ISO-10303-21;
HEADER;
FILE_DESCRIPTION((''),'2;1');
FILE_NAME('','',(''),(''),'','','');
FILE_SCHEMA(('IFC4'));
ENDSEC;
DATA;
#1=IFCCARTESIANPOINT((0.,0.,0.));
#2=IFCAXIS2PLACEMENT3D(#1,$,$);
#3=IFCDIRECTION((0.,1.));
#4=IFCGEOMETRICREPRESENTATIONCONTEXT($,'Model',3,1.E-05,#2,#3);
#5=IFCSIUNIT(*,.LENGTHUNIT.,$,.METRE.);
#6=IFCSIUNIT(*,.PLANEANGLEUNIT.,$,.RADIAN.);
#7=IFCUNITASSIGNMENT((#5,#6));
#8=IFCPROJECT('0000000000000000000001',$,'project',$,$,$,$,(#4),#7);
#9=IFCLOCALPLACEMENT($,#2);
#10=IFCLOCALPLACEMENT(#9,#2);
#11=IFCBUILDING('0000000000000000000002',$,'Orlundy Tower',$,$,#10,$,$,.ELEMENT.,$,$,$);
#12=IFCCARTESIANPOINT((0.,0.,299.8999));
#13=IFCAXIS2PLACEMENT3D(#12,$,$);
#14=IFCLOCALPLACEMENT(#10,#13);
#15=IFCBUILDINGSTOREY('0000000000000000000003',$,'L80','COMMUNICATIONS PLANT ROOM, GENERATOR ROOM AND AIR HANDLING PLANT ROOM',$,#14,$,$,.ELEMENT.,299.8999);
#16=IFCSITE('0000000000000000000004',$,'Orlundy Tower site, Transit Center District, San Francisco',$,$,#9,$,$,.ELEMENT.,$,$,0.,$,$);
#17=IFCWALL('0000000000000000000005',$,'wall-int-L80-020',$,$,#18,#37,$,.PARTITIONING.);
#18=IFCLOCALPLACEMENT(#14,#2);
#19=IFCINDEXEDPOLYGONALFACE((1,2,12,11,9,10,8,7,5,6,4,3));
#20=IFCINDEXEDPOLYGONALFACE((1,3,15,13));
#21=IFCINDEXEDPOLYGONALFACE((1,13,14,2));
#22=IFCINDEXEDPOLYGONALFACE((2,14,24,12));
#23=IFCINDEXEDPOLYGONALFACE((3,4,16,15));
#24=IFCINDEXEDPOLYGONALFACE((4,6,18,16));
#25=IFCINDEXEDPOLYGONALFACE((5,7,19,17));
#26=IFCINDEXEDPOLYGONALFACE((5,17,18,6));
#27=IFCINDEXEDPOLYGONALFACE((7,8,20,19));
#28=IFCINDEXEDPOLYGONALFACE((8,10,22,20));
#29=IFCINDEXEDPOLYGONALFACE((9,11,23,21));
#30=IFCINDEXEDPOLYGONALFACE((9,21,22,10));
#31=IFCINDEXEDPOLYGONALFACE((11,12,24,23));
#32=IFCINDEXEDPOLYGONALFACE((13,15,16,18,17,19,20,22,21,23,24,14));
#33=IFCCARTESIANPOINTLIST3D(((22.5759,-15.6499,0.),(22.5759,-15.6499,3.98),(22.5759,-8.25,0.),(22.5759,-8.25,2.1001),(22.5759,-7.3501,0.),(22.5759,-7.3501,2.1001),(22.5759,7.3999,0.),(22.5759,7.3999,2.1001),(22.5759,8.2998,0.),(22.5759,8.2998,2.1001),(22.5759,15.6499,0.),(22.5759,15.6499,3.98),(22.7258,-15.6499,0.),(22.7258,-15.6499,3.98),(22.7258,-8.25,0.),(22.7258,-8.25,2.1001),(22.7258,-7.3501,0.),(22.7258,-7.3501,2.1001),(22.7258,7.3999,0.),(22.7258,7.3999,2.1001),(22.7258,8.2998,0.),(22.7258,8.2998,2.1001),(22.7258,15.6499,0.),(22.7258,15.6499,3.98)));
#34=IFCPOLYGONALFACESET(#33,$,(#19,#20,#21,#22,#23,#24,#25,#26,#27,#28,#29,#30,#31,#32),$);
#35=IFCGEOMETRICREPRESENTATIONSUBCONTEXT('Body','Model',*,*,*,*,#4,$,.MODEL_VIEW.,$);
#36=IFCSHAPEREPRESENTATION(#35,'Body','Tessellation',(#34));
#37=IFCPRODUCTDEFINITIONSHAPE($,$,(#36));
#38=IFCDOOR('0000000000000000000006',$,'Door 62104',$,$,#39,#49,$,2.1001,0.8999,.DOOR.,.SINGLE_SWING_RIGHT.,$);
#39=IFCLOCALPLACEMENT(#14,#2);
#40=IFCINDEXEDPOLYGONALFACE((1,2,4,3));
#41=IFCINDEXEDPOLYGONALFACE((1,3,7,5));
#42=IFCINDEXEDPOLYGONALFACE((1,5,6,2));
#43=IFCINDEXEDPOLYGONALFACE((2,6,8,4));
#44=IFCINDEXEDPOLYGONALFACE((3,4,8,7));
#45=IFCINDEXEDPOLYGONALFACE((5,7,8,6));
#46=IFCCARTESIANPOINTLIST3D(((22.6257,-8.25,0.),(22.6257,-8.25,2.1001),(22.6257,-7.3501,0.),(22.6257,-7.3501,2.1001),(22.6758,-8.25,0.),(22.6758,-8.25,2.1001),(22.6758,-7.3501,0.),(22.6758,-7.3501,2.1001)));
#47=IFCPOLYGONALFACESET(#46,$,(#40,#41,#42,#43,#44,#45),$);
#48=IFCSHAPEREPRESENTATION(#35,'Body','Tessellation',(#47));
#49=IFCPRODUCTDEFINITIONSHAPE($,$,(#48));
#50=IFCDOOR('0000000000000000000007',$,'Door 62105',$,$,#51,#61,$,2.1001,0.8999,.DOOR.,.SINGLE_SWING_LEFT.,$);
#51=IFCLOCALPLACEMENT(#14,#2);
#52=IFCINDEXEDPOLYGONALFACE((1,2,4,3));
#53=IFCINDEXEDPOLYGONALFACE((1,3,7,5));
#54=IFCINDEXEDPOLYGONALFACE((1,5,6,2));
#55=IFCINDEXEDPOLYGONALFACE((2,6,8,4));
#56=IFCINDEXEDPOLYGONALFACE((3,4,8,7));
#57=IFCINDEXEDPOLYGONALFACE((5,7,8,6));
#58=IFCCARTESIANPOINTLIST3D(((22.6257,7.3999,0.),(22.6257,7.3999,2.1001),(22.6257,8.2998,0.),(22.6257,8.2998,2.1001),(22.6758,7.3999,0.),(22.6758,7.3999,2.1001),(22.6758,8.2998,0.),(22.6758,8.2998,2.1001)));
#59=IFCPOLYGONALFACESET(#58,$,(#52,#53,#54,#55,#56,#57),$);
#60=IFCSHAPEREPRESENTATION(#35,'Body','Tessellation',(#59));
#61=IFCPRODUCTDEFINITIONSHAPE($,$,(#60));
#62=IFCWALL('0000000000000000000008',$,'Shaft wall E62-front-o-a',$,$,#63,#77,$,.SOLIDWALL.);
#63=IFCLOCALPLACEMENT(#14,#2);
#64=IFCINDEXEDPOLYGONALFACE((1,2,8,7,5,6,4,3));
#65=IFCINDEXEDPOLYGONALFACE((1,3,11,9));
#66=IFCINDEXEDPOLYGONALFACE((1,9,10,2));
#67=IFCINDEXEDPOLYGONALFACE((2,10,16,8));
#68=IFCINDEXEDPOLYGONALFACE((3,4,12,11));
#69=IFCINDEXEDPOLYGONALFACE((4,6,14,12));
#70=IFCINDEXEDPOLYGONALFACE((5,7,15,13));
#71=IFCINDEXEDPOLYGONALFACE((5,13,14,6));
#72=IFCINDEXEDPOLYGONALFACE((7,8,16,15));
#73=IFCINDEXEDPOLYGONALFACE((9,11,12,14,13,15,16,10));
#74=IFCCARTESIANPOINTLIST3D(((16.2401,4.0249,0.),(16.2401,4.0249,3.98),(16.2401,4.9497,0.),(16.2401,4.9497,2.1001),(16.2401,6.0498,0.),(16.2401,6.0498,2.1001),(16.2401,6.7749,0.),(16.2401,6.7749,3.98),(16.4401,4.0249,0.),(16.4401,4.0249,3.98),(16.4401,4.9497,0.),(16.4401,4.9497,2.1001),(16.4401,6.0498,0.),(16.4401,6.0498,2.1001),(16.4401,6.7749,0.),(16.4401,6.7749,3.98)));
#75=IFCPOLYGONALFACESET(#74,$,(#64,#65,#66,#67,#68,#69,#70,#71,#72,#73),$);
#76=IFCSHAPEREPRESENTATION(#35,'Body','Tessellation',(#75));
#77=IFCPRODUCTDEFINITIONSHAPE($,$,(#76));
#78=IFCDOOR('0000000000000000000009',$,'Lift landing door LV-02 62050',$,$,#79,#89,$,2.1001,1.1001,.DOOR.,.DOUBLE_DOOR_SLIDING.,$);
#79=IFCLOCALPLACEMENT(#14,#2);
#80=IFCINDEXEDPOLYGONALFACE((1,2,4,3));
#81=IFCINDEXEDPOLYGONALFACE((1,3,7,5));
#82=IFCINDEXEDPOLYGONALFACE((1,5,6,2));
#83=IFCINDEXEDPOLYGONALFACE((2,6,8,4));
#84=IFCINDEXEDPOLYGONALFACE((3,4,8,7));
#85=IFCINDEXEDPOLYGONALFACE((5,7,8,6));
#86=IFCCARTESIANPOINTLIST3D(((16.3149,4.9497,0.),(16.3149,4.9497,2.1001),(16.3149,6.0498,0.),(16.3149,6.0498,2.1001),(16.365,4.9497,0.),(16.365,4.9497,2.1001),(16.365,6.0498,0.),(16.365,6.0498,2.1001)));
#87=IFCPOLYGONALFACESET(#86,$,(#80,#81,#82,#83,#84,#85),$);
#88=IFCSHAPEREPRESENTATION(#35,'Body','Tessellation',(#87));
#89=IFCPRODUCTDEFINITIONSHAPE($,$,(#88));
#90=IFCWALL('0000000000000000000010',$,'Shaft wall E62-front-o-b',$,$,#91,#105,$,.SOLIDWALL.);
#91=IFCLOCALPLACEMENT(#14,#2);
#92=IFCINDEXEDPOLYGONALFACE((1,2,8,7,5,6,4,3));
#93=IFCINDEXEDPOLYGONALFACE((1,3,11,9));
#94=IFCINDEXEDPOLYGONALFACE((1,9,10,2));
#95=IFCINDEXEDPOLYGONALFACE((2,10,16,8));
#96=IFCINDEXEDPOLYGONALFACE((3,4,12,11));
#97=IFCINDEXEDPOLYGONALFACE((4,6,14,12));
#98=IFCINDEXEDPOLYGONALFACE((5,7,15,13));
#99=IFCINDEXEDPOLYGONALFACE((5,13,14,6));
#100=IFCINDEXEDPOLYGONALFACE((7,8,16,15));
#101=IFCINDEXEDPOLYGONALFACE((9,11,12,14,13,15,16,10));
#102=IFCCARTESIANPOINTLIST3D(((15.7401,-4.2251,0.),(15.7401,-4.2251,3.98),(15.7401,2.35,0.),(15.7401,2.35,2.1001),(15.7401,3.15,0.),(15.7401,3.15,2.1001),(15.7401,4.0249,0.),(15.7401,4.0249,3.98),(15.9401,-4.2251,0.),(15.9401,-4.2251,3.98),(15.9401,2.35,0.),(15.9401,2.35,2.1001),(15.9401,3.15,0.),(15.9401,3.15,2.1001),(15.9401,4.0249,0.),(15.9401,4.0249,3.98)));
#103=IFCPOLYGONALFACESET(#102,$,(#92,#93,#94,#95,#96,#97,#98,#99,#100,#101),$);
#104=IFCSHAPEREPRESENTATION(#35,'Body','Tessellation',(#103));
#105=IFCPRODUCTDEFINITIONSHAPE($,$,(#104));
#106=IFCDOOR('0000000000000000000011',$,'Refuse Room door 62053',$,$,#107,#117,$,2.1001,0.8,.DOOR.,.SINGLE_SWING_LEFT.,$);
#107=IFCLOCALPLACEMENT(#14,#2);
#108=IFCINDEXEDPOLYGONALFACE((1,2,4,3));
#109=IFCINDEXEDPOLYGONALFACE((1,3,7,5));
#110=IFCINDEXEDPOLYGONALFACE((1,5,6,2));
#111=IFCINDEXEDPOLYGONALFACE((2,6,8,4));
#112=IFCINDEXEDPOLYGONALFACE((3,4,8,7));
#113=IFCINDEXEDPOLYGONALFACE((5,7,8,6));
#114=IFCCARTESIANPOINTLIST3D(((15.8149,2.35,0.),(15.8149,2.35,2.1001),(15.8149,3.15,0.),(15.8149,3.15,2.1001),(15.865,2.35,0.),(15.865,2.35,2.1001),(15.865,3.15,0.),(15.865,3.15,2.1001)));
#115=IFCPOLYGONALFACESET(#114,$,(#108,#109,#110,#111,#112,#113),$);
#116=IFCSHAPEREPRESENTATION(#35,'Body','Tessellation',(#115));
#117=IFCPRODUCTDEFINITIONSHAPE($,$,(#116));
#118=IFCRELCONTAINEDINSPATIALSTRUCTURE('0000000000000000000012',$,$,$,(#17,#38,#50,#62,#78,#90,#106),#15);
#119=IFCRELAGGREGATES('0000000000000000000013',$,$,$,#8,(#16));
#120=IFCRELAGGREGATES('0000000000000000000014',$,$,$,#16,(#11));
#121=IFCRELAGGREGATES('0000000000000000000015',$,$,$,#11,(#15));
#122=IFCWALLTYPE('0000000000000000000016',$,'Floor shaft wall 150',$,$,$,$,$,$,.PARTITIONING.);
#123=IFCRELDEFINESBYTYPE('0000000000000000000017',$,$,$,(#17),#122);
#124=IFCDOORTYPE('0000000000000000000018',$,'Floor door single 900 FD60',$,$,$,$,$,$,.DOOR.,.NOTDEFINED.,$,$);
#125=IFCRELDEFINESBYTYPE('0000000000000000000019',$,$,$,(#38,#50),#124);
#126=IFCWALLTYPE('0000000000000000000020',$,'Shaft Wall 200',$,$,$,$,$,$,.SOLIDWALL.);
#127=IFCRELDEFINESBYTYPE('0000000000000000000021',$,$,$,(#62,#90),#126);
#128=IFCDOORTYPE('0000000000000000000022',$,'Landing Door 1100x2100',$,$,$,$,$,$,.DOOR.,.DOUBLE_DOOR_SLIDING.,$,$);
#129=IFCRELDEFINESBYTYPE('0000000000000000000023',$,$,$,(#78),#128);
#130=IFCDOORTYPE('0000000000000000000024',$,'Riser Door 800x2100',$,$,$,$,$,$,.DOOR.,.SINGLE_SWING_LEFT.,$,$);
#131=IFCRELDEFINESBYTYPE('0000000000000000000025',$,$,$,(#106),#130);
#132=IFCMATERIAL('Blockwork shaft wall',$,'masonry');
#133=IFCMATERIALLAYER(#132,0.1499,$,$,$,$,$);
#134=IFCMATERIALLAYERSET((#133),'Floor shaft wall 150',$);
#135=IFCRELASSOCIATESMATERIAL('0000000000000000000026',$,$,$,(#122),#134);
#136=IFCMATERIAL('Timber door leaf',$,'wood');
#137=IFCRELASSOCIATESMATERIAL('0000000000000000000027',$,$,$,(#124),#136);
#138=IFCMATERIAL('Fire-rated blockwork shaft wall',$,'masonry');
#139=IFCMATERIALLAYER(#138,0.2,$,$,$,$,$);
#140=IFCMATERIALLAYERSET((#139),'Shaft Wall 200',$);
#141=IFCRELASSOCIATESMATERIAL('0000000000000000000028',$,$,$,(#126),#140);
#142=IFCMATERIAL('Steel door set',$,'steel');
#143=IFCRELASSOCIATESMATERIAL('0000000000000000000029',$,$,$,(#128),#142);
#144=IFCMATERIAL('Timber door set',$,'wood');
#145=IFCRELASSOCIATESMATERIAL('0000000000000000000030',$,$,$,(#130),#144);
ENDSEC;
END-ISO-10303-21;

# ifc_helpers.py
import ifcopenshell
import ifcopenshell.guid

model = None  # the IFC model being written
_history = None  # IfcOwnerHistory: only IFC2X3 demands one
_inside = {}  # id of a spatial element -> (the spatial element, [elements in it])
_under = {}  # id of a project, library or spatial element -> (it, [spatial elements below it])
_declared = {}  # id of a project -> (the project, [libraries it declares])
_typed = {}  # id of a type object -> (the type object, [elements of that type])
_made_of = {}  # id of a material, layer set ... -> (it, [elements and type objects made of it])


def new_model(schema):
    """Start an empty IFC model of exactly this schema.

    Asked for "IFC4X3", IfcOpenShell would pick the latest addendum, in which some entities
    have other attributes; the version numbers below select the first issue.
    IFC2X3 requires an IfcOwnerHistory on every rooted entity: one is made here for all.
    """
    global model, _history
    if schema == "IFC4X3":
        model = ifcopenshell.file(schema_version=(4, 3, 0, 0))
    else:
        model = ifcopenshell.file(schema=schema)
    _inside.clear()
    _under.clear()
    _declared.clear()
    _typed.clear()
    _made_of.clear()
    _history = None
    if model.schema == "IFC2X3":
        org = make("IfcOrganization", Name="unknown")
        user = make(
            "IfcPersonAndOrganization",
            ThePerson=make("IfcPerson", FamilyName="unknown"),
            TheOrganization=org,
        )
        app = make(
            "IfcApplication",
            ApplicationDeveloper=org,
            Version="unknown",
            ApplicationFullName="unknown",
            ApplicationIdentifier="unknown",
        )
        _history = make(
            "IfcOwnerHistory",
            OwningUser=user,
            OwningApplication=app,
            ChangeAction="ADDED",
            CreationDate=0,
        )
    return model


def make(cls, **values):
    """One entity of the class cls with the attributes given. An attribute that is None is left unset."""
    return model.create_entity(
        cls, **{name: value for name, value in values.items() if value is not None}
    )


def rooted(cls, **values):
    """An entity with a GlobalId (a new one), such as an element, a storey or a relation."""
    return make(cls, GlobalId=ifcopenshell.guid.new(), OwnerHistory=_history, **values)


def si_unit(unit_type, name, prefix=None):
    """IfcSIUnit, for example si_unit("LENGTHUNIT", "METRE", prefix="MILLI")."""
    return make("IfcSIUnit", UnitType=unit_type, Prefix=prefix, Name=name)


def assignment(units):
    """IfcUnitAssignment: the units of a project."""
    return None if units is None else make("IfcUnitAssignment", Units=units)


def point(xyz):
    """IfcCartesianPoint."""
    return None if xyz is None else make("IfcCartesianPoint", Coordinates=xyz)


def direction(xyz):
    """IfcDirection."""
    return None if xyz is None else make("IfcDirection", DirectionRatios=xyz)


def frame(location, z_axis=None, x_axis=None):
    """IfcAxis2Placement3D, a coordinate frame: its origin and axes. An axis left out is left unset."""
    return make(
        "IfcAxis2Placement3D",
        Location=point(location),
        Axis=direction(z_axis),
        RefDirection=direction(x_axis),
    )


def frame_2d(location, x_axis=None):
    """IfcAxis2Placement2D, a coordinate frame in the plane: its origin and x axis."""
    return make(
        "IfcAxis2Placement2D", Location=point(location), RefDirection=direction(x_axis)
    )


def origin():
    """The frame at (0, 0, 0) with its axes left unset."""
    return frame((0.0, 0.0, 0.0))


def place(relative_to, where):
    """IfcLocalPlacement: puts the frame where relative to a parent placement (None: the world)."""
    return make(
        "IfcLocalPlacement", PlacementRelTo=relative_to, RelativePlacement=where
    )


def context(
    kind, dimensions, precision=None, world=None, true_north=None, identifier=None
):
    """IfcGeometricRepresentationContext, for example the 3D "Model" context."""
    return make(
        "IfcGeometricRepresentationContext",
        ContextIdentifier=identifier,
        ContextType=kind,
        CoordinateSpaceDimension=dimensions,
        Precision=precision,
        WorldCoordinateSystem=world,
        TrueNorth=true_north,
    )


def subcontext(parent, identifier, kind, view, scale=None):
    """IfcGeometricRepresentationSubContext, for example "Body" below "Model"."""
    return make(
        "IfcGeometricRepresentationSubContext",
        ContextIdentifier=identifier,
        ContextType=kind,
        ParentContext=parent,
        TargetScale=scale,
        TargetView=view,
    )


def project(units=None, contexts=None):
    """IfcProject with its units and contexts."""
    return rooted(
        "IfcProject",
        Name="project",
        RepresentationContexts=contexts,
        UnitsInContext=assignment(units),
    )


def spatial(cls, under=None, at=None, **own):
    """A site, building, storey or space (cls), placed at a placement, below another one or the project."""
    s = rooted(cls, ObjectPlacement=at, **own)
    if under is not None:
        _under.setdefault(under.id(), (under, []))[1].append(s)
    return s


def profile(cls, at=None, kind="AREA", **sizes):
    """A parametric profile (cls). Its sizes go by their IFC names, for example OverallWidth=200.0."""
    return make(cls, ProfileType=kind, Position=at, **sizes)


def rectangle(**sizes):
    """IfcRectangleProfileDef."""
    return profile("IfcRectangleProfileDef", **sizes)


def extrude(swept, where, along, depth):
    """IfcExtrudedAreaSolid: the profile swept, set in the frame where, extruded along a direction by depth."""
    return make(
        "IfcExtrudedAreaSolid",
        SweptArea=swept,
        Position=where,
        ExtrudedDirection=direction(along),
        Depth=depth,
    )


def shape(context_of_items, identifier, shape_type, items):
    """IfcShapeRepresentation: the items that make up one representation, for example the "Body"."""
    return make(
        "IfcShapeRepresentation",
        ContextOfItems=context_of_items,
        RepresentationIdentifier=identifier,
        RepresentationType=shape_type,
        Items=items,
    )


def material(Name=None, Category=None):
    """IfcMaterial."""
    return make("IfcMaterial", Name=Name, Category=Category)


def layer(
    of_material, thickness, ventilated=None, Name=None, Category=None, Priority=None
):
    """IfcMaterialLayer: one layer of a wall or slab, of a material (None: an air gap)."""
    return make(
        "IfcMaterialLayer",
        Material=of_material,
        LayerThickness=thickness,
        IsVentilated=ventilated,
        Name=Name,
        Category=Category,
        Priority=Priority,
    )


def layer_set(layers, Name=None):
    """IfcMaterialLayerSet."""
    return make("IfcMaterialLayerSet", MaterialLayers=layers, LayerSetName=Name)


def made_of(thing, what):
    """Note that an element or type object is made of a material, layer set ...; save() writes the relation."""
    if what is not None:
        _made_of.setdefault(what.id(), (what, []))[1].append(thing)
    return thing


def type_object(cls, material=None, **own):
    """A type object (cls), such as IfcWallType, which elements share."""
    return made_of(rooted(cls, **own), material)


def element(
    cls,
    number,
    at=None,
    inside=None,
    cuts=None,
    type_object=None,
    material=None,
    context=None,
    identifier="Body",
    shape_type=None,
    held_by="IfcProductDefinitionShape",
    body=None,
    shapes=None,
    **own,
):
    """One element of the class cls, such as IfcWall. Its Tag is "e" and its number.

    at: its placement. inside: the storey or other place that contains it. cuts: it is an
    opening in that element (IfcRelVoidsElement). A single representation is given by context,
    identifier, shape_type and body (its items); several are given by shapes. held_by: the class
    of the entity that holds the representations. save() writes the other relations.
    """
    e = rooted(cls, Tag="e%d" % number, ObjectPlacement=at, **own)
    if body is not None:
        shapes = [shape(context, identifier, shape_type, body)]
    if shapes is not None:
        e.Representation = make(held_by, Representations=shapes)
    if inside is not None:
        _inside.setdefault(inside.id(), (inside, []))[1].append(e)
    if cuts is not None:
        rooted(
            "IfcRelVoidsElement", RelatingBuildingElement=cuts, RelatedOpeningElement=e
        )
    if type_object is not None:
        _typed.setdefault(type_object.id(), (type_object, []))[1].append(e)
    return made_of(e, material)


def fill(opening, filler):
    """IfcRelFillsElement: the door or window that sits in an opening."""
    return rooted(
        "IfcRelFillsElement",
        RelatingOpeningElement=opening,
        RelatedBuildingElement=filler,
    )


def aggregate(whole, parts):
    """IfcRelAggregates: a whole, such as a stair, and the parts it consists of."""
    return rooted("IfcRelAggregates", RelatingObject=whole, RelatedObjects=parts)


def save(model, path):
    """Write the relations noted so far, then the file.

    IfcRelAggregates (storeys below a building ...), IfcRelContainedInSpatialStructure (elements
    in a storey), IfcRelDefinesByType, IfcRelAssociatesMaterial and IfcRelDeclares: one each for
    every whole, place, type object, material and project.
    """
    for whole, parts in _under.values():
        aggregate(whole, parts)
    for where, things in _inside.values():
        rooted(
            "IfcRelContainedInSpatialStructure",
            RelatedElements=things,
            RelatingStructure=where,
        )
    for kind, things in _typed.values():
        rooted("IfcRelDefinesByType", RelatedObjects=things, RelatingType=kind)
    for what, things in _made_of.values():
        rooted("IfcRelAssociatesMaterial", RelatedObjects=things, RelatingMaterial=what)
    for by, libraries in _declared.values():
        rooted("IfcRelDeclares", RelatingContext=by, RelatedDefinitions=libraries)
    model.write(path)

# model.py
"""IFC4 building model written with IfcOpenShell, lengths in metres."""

from ifc_helpers import new_model, si_unit, direction, frame, frame_2d, origin, place, context, subcontext, project, spatial, rectangle, extrude, material, layer, layer_set, type_object, element, fill, save


model = new_model("IFC4")

# Units and contexts
model_context = context("Model", 3, precision=1e-05, world=origin(), true_north=direction((0.0, 1.0)))
body_context = subcontext(model_context, "Body", "Model", "MODEL_VIEW")
ifc_project = project(units=[si_unit("LENGTHUNIT", "METRE"), si_unit("PLANEANGLEUNIT", "RADIAN")], contexts=[model_context])

# Site, building, storey
site_placement = place(None, origin())
site = spatial("IfcSite", under=ifc_project, at=site_placement, Name="Orlundy Tower site, Transit Center District, San Francisco", CompositionType="ELEMENT", RefElevation=0.0)
building_placement = place(site_placement, origin())
building = spatial("IfcBuilding", under=site, at=building_placement, Name="Orlundy Tower", CompositionType="ELEMENT")
storey_placement = place(building_placement, frame((0.0, 0.0, 299.8999)))
storey = spatial("IfcBuildingStorey", under=building, at=storey_placement, Name="L80", Description="COMMUNICATIONS PLANT ROOM, GENERATOR ROOM AND AIR HANDLING PLANT ROOM", CompositionType="ELEMENT", Elevation=299.8999)

# Shared definitions
ifc_material_1 = material(Name="Blockwork shaft wall", Category="masonry")
ifc_layer_1 = layer(ifc_material_1, 0.1499)
ifc_layer_set_1 = layer_set([ifc_layer_1], Name="Floor shaft wall 150")
wall_type_1 = type_object("IfcWallType", Name="Floor shaft wall 150", PredefinedType="PARTITIONING", material=ifc_layer_set_1)

# Wall, openings, doors
wall_1_placement = place(storey_placement, frame((22.6509, 15.6499, 0.0), z_axis=(0.0, 0.0, 1.0), x_axis=(0.0, -1.0, 0.0)))
wall_1 = element("IfcWall", 1, at=wall_1_placement, inside=storey, type_object=wall_type_1, Name="wall-int-L80-020", PredefinedType="PARTITIONING", context=body_context, shape_type="SweptSolid", body=[
    extrude(rectangle(XDim=31.2998, YDim=0.1499, at=frame_2d((15.6499, 0.0))), origin(), (0.0, 0.0, 1.0), 3.98),
])
opening_1_placement = place(wall_1_placement, frame((23.0, 0.0, 0.0)))
opening_1 = element("IfcOpeningElement", 2, at=opening_1_placement, cuts=wall_1, PredefinedType="OPENING", context=body_context, shape_type="SweptSolid", body=[
    extrude(rectangle(XDim=0.8999, YDim=2.1001, at=frame_2d((0.45, 1.05))), frame((0.0, 0.085, 0.0), z_axis=(0.0, -1.0, 0.0), x_axis=(1.0, 0.0, 0.0)), (0.0, 0.0, 1.0), 0.1699),
])
opening_2_placement = place(wall_1_placement, frame((7.3501, 0.0, 0.0)))
opening_2 = element("IfcOpeningElement", 3, at=opening_2_placement, cuts=wall_1, PredefinedType="OPENING", context=body_context, shape_type="SweptSolid", body=[
    extrude(rectangle(XDim=0.8999, YDim=2.1001, at=frame_2d((0.45, 1.05))), frame((0.0, 0.085, 0.0), z_axis=(0.0, -1.0, 0.0), x_axis=(1.0, 0.0, 0.0)), (0.0, 0.0, 1.0), 0.1699),
])
ifc_material_2 = material(Name="Timber door leaf", Category="wood")
door_type_1 = type_object("IfcDoorType", Name="Floor door single 900 FD60", OperationType="NOTDEFINED", PredefinedType="DOOR", material=ifc_material_2)
door_1_placement = place(opening_1_placement, origin())
door_1 = element("IfcDoor", 4, at=door_1_placement, inside=storey, type_object=door_type_1, Name="Door 62104", OperationType="SINGLE_SWING_RIGHT", OverallHeight=2.1001, OverallWidth=0.8999, PredefinedType="DOOR", context=body_context, shape_type="SweptSolid", body=[
    extrude(rectangle(XDim=0.8999, YDim=2.1001, at=frame_2d((0.45, 1.05))), frame((0.0, 0.0249, 0.0), z_axis=(0.0, -1.0, 0.0), x_axis=(1.0, 0.0, 0.0)), (0.0, 0.0, 1.0), 0.05),
])
fill(opening_1, door_1)
door_2_placement = place(opening_2_placement, origin())
door_2 = element("IfcDoor", 5, at=door_2_placement, inside=storey, type_object=door_type_1, Name="Door 62105", OperationType="SINGLE_SWING_LEFT", OverallHeight=2.1001, OverallWidth=0.8999, PredefinedType="DOOR", context=body_context, shape_type="SweptSolid", body=[
    extrude(rectangle(XDim=0.8999, YDim=2.1001, at=frame_2d((0.45, 1.05))), frame((0.0, 0.0249, 0.0), z_axis=(0.0, -1.0, 0.0), x_axis=(1.0, 0.0, 0.0)), (0.0, 0.0, 1.0), 0.05),
])
fill(opening_2, door_2)

# Walls, openings, doors
ifc_material_3 = material(Name="Fire-rated blockwork shaft wall", Category="masonry")
ifc_layer_2 = layer(ifc_material_3, 0.2)
ifc_layer_set_2 = layer_set([ifc_layer_2], Name="Shaft Wall 200")
wall_type_2 = type_object("IfcWallType", Name="Shaft Wall 200", PredefinedType="SOLIDWALL", material=ifc_layer_set_2)
wall_2_placement = place(storey_placement, frame((16.3401, 6.7749, 0.0), z_axis=(0.0, 0.0, 1.0), x_axis=(0.0, -1.0, 0.0)))
wall_2 = element("IfcWall", 6, at=wall_2_placement, inside=storey, type_object=wall_type_2, Name="Shaft wall E62-front-o-a", PredefinedType="SOLIDWALL", context=body_context, shape_type="SweptSolid", body=[
    extrude(rectangle(XDim=2.75, YDim=0.2, at=frame_2d((1.375, 0.0))), origin(), (0.0, 0.0, 1.0), 3.98),
])
opening_3_placement = place(wall_2_placement, frame((0.7251, 0.0, 0.0)))
opening_3 = element("IfcOpeningElement", 7, at=opening_3_placement, cuts=wall_2, PredefinedType="OPENING", context=body_context, shape_type="SweptSolid", body=[
    extrude(rectangle(XDim=1.1001, YDim=2.1001, at=frame_2d((0.55, 1.05))), frame((0.0, 0.1101, 0.0), z_axis=(0.0, -1.0, 0.0), x_axis=(1.0, 0.0, 0.0)), (0.0, 0.0, 1.0), 0.2202),
])
ifc_material_4 = material(Name="Steel door set", Category="steel")
door_type_2 = type_object("IfcDoorType", Name="Landing Door 1100x2100", OperationType="DOUBLE_DOOR_SLIDING", PredefinedType="DOOR", material=ifc_material_4)
door_3_placement = place(opening_3_placement, origin())
door_3 = element("IfcDoor", 8, at=door_3_placement, inside=storey, type_object=door_type_2, Name="Lift landing door LV-02 62050", OperationType="DOUBLE_DOOR_SLIDING", OverallHeight=2.1001, OverallWidth=1.1001, PredefinedType="DOOR", context=body_context, shape_type="SweptSolid", body=[
    extrude(rectangle(XDim=1.1001, YDim=2.1001, at=frame_2d((0.55, 1.05))), frame((0.0, 0.0249, 0.0), z_axis=(0.0, -1.0, 0.0), x_axis=(1.0, 0.0, 0.0)), (0.0, 0.0, 1.0), 0.05),
])
fill(opening_3, door_3)
wall_3_placement = place(storey_placement, frame((15.8401, 4.0249, 0.0), z_axis=(0.0, 0.0, 1.0), x_axis=(0.0, -1.0, 0.0)))
wall_3 = element("IfcWall", 9, at=wall_3_placement, inside=storey, type_object=wall_type_2, Name="Shaft wall E62-front-o-b", PredefinedType="SOLIDWALL", context=body_context, shape_type="SweptSolid", body=[
    extrude(rectangle(XDim=8.25, YDim=0.2, at=frame_2d((4.125, 0.0))), origin(), (0.0, 0.0, 1.0), 3.98),
])
opening_4_placement = place(wall_3_placement, frame((0.875, 0.0, 0.0)))
opening_4 = element("IfcOpeningElement", 10, at=opening_4_placement, cuts=wall_3, PredefinedType="OPENING", context=body_context, shape_type="SweptSolid", body=[
    extrude(rectangle(XDim=0.8, YDim=2.1001, at=frame_2d((0.3999, 1.05))), frame((0.0, 0.1101, 0.0), z_axis=(0.0, -1.0, 0.0), x_axis=(1.0, 0.0, 0.0)), (0.0, 0.0, 1.0), 0.2202),
])
ifc_material_5 = material(Name="Timber door set", Category="wood")
door_type_3 = type_object("IfcDoorType", Name="Riser Door 800x2100", OperationType="SINGLE_SWING_LEFT", PredefinedType="DOOR", material=ifc_material_5)
door_4_placement = place(opening_4_placement, origin())
door_4 = element("IfcDoor", 11, at=door_4_placement, inside=storey, type_object=door_type_3, Name="Refuse Room door 62053", OperationType="SINGLE_SWING_LEFT", OverallHeight=2.1001, OverallWidth=0.8, PredefinedType="DOOR", context=body_context, shape_type="SweptSolid", body=[
    extrude(rectangle(XDim=0.8, YDim=2.1001, at=frame_2d((0.3999, 1.05))), frame((0.0, 0.0249, 0.0), z_axis=(0.0, -1.0, 0.0), x_axis=(1.0, 0.0, 0.0)), (0.0, 0.0, 1.0), 0.05),
])
fill(opening_4, door_4)

save(model, "model.ifc")
